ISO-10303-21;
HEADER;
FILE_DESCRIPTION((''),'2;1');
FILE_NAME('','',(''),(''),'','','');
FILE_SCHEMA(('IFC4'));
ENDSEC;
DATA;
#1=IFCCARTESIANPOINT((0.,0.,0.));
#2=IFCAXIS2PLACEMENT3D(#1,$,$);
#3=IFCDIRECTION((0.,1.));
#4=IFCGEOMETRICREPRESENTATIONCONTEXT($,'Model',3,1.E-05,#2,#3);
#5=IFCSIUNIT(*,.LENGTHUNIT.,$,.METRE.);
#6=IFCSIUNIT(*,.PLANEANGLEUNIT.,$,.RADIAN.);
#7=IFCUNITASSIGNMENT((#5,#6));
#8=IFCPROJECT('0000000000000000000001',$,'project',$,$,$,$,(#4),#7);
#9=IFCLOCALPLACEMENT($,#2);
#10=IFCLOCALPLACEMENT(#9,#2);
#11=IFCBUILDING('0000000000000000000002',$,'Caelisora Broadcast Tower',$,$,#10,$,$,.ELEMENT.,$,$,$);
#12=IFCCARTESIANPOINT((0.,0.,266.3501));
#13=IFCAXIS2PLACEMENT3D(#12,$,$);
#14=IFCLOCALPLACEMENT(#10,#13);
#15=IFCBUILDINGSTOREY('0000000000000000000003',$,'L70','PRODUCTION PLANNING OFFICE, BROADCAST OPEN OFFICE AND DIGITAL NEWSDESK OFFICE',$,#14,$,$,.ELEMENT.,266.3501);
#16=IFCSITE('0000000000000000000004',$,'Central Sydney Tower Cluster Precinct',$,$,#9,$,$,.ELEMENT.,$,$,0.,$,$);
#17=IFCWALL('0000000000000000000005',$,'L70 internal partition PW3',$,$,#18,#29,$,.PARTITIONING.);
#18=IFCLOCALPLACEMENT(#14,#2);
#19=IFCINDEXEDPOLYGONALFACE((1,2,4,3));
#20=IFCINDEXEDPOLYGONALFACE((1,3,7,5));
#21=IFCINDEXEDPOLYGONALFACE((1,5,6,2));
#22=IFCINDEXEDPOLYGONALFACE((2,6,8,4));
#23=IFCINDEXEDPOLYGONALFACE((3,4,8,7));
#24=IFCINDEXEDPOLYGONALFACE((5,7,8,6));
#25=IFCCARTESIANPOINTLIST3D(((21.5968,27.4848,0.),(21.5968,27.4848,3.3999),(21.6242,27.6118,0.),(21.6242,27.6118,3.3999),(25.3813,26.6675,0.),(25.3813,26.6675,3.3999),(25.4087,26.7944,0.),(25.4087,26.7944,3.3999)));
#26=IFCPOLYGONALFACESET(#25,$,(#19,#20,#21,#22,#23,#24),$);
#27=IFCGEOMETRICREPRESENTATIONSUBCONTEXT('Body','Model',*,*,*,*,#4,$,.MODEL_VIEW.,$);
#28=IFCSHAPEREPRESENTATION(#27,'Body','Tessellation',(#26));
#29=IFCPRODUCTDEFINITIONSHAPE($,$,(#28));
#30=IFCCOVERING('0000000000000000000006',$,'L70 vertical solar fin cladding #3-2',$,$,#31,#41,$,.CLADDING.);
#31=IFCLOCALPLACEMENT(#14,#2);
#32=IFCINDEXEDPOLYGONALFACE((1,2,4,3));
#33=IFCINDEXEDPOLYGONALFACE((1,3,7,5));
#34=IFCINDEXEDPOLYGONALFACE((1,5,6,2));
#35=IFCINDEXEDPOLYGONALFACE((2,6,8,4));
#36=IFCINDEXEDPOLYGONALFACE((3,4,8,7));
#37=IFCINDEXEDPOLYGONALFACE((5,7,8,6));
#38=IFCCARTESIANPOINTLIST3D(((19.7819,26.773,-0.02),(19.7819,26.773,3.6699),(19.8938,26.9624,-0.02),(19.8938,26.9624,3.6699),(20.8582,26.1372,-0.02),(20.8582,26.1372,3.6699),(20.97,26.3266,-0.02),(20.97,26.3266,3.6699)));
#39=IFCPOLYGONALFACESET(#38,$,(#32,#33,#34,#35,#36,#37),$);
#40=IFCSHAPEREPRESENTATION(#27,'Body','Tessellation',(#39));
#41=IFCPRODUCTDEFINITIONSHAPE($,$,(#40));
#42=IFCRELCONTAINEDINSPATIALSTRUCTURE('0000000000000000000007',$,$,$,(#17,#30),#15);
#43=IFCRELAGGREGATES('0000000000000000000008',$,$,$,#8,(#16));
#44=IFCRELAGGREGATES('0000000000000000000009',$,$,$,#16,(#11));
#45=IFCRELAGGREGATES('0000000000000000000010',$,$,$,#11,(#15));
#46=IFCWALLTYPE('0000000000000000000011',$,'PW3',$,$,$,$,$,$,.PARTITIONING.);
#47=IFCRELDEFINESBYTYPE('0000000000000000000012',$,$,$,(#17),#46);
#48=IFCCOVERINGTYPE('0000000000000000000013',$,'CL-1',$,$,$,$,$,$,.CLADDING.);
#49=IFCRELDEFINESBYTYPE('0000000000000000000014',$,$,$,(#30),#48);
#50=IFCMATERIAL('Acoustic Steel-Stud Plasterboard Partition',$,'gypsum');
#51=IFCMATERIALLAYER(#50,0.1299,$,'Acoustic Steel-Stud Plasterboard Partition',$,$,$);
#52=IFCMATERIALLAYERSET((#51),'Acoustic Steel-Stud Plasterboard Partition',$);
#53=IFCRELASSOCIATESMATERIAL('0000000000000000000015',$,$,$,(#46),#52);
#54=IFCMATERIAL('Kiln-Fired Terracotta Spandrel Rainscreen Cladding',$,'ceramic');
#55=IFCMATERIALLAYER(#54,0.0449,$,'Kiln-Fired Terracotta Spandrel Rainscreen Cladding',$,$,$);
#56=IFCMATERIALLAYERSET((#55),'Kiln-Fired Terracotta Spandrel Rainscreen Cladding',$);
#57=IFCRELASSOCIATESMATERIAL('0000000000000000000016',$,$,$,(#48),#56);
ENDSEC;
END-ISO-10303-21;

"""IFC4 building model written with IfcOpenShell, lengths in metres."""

from ifc_helpers import new_model, si_unit, direction, frame, frame_2d, origin, origin_2d, place, context, subcontext, project, spatial, rectangle, extrude, source, transform, mapped, material, layer, layer_set, type_object, type_shapes, element, save


model = new_model("IFC4")

# Units and contexts
model_context = context("Model", 3, precision=1e-05, world=origin(), true_north=direction((0.0, 1.0)))
body_context = subcontext(model_context, "Body", "Model", "MODEL_VIEW")
ifc_project = project(units=[si_unit("LENGTHUNIT", "METRE"), si_unit("PLANEANGLEUNIT", "RADIAN")], contexts=[model_context])

# Site, building, storey
site_placement = place(None, origin())
site = spatial("IfcSite", under=ifc_project, at=site_placement, Name="Central Sydney Tower Cluster Precinct", CompositionType="ELEMENT", RefElevation=0.0)
building_placement = place(site_placement, origin())
building = spatial("IfcBuilding", under=site, at=building_placement, Name="Caelisora Broadcast Tower", CompositionType="ELEMENT")
storey_placement = place(building_placement, frame((0.0, 0.0, 266.3501)))
storey = spatial("IfcBuildingStorey", under=building, at=storey_placement, Name="L70", Description="PRODUCTION PLANNING OFFICE, BROADCAST OPEN OFFICE AND DIGITAL NEWSDESK OFFICE", CompositionType="ELEMENT", Elevation=266.3501)

# Shared definitions
ifc_material_1 = material(Name="Acoustic Steel-Stud Plasterboard Partition", Category="gypsum")
ifc_layer_1 = layer(ifc_material_1, 0.1299, Name="Acoustic Steel-Stud Plasterboard Partition")
ifc_layer_set_1 = layer_set([ifc_layer_1], Name="Acoustic Steel-Stud Plasterboard Partition")
wall_type_1 = type_object("IfcWallType", Name="PW3", PredefinedType="PARTITIONING", material=ifc_layer_set_1)

# Wall
wall_1_placement = place(storey_placement, frame((21.6104, 27.5483, 0.0), z_axis=(0.0, 0.0, 1.0), x_axis=(0.977463, -0.211105, 0.0)))
element("IfcWall", 1, at=wall_1_placement, inside=storey, type_object=wall_type_1, Name="L70 internal partition PW3", PredefinedType="PARTITIONING", context=body_context, shape_type="SweptSolid", body=[
    extrude(rectangle(XDim=3.8718, YDim=0.1299, at=frame_2d((1.936, 0.0))), origin(), (0.0, 0.0, 1.0), 3.3999),
])

# Covering
ifc_material_2 = material(Name="Kiln-Fired Terracotta Spandrel Rainscreen Cladding", Category="ceramic")
ifc_layer_2 = layer(ifc_material_2, 0.0449, Name="Kiln-Fired Terracotta Spandrel Rainscreen Cladding")
ifc_layer_set_2 = layer_set([ifc_layer_2], Name="Kiln-Fired Terracotta Spandrel Rainscreen Cladding")
covering_type = type_object("IfcCoveringType", Name="CL-1", PredefinedType="CLADDING", material=ifc_layer_set_2)
shared_shape_1 = source(origin(), body_context, "Body", "SweptSolid", [
    extrude(rectangle(XDim=0.22, YDim=1.25, at=origin_2d()), origin(), (0.0, 0.0, 1.0), 3.6899),
])
type_shapes(covering_type, [shared_shape_1])
covering_placement = place(storey_placement, frame((20.376, 26.5498, -0.02), z_axis=(0.0, 0.0, 1.0), x_axis=(0.508591, 0.861008, 0.0)))
element("IfcCovering", 2, at=covering_placement, inside=storey, type_object=covering_type, Name="L70 vertical solar fin cladding #3-2", PredefinedType="CLADDING", context=body_context, shape_type="MappedRepresentation", body=[
    mapped(shared_shape_1, transform((0.0, 0.0, 0.0), scale=1.0)),
])

save(model, "model.ifc")
